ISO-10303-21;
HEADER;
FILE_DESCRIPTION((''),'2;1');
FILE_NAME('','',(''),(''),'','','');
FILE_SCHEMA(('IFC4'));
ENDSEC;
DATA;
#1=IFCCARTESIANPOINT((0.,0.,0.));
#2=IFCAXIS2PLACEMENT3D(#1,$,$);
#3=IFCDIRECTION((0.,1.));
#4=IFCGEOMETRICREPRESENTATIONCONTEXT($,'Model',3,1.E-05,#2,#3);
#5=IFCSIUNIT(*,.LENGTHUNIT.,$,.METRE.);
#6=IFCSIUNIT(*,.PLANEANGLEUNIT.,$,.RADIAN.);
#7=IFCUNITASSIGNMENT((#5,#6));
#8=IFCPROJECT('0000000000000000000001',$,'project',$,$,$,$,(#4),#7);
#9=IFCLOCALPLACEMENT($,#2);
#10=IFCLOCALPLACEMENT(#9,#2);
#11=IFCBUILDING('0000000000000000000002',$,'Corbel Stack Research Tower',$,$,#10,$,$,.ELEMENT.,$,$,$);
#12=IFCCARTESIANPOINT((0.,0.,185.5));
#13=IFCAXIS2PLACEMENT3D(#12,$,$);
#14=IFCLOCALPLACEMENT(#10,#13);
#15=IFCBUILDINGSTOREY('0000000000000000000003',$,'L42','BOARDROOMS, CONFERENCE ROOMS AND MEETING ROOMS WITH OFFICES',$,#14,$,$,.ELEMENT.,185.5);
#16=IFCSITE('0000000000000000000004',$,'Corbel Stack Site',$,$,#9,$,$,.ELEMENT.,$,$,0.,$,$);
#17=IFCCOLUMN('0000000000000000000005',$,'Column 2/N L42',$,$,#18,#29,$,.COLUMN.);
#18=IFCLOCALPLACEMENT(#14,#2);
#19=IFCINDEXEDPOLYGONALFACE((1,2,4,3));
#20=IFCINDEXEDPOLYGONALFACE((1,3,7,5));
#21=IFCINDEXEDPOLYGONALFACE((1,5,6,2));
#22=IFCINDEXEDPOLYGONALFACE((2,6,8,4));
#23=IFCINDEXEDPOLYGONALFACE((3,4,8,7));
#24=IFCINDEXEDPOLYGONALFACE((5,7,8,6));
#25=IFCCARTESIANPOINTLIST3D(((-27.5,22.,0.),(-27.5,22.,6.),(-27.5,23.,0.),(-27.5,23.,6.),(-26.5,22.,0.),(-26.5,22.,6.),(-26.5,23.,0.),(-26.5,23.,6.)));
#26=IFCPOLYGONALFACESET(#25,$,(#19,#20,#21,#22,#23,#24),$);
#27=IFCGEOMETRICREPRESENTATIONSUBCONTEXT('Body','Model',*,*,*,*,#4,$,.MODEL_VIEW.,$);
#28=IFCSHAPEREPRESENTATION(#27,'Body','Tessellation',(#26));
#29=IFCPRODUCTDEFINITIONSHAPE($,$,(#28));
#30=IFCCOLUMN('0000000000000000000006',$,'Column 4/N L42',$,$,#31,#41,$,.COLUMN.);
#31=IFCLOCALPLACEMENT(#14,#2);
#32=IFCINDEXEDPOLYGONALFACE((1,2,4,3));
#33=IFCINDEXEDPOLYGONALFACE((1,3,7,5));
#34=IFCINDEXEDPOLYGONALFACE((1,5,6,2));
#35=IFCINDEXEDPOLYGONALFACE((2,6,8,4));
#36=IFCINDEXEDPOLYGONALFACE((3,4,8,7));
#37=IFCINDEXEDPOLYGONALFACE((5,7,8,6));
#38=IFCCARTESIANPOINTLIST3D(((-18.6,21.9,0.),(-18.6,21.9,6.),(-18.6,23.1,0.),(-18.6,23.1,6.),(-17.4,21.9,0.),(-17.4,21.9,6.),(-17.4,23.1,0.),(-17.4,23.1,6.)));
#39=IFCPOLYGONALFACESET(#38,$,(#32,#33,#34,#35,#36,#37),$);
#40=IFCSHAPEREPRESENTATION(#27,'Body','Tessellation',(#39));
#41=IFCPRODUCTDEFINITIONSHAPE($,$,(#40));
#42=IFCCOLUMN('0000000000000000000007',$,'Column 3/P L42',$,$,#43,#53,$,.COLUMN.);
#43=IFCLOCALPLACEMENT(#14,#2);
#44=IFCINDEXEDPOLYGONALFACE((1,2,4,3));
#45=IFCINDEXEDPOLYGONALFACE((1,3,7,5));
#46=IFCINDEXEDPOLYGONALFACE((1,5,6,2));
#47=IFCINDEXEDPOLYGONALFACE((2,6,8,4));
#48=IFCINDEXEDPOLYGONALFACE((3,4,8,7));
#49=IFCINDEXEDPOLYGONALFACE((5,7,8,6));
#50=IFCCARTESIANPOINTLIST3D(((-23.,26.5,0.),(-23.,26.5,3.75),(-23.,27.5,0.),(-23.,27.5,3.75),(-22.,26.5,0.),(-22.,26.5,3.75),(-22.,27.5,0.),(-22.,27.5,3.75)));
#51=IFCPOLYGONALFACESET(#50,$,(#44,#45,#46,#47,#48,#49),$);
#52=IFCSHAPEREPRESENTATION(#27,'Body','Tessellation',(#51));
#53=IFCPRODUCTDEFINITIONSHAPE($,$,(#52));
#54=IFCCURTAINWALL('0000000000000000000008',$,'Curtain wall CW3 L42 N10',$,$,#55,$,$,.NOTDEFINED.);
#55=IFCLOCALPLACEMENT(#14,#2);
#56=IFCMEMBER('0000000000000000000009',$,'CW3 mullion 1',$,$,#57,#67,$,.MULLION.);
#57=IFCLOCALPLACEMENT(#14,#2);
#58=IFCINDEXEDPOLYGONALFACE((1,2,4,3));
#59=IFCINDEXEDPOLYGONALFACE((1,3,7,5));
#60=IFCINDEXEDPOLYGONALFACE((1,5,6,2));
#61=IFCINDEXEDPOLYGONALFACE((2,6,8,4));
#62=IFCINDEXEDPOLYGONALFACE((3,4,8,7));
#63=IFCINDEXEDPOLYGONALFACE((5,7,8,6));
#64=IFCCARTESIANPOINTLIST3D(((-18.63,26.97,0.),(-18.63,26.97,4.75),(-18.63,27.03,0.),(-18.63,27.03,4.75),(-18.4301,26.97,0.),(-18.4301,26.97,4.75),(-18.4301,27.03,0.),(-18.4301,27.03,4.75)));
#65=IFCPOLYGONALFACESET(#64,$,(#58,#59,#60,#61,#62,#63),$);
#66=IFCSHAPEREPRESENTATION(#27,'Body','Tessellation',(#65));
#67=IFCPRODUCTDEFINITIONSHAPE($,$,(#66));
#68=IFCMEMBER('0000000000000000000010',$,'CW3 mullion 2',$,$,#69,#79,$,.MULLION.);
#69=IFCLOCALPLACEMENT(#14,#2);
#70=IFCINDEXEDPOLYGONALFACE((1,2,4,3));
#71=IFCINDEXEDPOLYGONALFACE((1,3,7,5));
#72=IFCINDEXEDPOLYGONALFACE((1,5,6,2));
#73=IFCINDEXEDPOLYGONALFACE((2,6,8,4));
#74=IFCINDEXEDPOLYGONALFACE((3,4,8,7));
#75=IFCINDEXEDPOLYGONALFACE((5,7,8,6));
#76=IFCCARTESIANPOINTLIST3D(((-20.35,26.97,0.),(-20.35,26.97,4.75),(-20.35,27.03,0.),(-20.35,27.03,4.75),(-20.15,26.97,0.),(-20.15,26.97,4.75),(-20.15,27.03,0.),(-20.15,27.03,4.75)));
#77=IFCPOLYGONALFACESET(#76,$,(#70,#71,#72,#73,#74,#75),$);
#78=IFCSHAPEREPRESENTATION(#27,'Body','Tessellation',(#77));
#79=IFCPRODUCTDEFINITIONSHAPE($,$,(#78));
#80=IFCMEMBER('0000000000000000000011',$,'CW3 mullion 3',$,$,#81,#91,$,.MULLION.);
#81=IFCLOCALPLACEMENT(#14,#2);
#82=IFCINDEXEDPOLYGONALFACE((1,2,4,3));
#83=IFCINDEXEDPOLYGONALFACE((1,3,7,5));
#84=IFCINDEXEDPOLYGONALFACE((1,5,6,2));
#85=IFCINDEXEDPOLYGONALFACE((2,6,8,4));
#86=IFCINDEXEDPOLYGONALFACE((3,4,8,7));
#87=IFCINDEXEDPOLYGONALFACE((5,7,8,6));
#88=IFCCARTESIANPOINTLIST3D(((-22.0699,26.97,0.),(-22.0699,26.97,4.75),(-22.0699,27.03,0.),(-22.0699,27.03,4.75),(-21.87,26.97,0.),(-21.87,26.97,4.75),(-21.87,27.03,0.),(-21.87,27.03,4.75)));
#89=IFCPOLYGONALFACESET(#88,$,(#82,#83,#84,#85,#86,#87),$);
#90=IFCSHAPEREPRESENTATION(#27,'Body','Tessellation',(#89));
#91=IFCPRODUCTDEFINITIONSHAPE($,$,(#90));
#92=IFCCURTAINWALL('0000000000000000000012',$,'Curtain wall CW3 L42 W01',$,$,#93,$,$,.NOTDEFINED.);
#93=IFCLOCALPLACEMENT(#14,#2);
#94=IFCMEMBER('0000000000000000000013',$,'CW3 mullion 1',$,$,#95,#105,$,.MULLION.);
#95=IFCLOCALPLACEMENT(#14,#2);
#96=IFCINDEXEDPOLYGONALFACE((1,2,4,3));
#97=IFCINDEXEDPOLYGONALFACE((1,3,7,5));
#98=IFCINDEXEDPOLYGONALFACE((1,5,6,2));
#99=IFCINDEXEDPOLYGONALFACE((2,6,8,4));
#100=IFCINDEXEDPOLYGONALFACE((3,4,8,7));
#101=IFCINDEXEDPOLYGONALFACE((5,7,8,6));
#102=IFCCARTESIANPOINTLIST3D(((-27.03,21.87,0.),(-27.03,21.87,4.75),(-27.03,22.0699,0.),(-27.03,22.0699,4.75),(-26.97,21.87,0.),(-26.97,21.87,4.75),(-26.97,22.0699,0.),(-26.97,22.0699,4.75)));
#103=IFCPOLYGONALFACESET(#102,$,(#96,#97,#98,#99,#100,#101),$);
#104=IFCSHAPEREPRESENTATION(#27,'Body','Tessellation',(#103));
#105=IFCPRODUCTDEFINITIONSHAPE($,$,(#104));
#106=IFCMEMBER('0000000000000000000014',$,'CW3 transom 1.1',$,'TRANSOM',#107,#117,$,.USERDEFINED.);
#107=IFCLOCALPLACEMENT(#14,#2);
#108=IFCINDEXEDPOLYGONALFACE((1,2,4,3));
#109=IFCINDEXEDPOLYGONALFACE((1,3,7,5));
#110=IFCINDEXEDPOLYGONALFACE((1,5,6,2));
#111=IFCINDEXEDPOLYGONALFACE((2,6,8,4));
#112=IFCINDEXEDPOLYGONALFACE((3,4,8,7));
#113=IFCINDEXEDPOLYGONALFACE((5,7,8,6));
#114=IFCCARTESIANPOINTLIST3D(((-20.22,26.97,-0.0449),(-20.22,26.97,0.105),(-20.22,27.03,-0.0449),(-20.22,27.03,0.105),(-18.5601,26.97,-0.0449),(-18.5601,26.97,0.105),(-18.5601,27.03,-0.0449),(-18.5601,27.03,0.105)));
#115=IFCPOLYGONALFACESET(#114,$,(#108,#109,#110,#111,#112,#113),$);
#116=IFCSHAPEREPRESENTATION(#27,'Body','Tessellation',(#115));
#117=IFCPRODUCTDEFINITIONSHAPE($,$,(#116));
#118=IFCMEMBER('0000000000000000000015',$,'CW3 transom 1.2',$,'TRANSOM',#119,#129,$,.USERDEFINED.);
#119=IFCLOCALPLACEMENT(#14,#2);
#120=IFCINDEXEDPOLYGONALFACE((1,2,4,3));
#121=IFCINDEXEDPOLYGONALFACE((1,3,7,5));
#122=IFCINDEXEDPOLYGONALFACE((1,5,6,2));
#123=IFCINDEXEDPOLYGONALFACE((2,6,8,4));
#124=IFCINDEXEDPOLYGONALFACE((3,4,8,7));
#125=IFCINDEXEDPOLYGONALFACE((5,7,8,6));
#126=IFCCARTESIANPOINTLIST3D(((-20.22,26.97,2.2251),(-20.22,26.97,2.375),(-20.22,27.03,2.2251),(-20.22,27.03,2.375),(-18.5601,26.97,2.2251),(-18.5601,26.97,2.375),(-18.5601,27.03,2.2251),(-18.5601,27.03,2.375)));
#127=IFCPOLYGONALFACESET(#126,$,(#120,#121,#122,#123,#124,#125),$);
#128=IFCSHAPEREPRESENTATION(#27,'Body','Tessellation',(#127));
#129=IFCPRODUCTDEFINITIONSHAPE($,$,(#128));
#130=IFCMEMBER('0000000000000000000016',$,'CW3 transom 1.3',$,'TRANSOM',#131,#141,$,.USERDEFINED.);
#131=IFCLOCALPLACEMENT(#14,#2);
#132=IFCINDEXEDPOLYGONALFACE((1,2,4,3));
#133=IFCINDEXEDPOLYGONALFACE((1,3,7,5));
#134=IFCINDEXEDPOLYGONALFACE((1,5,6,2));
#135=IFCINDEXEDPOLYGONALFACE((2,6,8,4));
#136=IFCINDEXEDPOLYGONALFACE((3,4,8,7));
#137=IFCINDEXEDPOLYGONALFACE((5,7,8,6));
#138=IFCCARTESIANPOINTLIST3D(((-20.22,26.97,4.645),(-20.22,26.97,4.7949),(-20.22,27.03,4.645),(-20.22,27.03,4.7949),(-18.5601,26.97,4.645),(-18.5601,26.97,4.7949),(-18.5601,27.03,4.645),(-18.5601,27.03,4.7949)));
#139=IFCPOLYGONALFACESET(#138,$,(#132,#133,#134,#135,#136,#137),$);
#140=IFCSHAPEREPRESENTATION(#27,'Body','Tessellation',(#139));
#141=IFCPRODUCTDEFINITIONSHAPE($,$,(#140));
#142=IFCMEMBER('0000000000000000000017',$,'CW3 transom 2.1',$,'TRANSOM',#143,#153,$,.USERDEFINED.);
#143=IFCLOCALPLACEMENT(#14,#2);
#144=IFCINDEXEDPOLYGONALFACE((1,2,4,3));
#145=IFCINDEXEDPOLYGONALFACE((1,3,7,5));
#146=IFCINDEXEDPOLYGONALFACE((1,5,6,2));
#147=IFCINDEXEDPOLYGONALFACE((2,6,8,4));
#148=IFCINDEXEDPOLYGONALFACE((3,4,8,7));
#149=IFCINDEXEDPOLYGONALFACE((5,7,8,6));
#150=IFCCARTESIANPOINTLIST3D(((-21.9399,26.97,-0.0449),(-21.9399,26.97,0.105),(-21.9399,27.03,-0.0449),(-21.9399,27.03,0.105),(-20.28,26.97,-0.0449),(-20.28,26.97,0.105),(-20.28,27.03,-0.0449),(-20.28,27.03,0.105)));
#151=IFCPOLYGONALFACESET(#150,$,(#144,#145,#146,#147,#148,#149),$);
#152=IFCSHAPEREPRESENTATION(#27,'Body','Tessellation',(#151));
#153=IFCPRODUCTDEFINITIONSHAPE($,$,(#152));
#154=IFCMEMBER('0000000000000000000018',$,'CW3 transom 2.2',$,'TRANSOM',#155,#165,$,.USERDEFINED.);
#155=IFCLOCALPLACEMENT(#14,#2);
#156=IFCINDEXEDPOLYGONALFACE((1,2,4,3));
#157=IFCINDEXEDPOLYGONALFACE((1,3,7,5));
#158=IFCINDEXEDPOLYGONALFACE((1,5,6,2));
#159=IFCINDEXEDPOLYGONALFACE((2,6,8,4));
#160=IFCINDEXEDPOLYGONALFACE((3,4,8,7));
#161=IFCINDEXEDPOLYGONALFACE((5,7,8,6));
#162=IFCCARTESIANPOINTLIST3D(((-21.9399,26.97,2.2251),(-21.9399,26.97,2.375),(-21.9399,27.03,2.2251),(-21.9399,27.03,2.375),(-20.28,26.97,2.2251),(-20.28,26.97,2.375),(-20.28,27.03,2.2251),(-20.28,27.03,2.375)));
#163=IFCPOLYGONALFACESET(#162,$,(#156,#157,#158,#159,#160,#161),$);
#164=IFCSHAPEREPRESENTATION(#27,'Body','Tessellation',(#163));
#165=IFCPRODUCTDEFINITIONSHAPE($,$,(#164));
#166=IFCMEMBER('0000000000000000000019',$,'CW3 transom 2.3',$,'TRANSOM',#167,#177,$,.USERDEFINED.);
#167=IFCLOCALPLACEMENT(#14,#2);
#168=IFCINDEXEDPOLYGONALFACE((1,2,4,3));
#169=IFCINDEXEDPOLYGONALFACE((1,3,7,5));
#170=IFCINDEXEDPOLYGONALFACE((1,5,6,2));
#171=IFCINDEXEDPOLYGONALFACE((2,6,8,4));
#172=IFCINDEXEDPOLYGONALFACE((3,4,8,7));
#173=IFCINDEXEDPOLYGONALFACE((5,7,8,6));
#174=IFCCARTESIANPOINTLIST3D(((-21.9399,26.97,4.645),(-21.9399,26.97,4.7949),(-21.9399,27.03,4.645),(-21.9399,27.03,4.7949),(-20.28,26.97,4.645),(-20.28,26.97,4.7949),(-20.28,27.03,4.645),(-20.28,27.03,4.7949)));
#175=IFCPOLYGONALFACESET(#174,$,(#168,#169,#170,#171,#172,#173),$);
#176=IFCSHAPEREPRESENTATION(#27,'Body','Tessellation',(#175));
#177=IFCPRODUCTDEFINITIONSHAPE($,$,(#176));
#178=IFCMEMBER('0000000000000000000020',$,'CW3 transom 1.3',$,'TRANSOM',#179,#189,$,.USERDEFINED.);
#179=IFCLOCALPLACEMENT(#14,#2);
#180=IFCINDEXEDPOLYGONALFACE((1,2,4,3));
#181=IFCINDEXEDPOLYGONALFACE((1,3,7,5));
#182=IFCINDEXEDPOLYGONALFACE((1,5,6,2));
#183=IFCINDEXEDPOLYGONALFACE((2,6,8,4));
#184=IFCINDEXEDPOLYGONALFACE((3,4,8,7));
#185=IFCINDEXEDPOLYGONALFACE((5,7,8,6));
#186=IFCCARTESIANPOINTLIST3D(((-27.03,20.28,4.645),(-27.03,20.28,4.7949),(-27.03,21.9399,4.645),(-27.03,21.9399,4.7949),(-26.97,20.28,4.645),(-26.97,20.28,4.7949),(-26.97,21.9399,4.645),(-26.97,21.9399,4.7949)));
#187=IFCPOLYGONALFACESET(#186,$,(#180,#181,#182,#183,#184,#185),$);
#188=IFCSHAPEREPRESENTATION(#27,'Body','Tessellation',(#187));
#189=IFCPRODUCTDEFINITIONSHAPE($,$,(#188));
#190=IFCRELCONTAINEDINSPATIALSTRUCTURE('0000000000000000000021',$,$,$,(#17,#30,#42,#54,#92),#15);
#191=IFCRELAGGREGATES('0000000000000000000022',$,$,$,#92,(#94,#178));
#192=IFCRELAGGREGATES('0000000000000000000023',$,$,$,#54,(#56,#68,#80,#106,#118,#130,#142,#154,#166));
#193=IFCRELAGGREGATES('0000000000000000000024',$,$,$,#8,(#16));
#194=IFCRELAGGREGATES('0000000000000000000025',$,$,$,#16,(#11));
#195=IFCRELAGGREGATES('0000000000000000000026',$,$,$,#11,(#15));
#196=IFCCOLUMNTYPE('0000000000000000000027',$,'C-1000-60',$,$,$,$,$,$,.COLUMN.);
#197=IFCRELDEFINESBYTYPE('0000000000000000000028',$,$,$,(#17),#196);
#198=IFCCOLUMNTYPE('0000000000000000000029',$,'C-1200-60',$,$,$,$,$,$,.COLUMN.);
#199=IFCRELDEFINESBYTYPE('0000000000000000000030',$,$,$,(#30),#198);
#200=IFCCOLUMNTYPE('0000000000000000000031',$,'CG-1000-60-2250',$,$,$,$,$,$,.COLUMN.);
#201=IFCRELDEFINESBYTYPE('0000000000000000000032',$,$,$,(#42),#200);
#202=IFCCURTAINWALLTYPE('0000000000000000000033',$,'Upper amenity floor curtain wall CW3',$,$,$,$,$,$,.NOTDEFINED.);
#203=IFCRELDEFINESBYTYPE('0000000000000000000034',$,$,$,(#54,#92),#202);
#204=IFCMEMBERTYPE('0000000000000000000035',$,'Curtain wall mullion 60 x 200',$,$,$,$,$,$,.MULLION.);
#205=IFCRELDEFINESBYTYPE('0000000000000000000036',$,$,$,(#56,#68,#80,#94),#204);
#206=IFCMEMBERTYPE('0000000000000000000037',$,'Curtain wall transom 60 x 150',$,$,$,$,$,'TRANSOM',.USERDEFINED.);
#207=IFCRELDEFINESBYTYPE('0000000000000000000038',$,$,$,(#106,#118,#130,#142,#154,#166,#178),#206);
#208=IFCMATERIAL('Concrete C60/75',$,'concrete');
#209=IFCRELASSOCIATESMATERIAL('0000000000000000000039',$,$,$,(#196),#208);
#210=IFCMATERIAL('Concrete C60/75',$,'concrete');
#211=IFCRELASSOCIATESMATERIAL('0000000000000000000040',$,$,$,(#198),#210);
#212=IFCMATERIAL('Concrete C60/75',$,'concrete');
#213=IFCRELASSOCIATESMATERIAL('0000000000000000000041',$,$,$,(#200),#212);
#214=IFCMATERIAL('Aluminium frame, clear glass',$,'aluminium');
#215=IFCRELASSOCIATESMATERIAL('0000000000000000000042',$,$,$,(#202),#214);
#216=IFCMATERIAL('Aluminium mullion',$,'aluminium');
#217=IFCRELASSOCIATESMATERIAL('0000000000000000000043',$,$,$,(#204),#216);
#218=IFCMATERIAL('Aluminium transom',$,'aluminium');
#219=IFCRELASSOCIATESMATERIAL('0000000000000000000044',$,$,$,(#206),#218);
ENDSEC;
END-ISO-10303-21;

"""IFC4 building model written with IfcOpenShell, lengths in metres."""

from ifc_helpers import new_model, si_unit, direction, frame, origin, origin_2d, place, context, subcontext, project, spatial, rectangle, extrude, material, material_profile, profile_set, type_object, element, aggregate, save


model = new_model("IFC4")

# Units and contexts
model_context = context("Model", 3, precision=1e-05, world=origin(), true_north=direction((0.0, 1.0)))
body_context = subcontext(model_context, "Body", "Model", "MODEL_VIEW")
ifc_project = project(units=[si_unit("LENGTHUNIT", "METRE"), si_unit("PLANEANGLEUNIT", "RADIAN")], contexts=[model_context])

# Site, building, storey
site_placement = place(None, origin())
site = spatial("IfcSite", under=ifc_project, at=site_placement, Name="Corbel Stack Site", CompositionType="ELEMENT", RefElevation=0.0)
building_placement = place(site_placement, origin())
building = spatial("IfcBuilding", under=site, at=building_placement, Name="Corbel Stack Research Tower", CompositionType="ELEMENT")
storey_placement = place(building_placement, frame((0.0, 0.0, 185.5)))
storey = spatial("IfcBuildingStorey", under=building, at=storey_placement, Name="L42", Description="BOARDROOMS, CONFERENCE ROOMS AND MEETING ROOMS WITH OFFICES", CompositionType="ELEMENT", Elevation=185.5)

# Columns
ifc_material_1 = material(Name="Concrete C60/75", Category="concrete")
ifc_material_profile_1 = material_profile(ifc_material_1, rectangle(XDim=1.0, YDim=1.0, at=origin_2d()), Name="RC 1000 x 1000")
ifc_profile_set_1 = profile_set([ifc_material_profile_1], Name="Concrete C60/75")
column_type_1 = type_object("IfcColumnType", Name="C-1000-60", PredefinedType="COLUMN", material=ifc_profile_set_1)
column_1_placement = place(storey_placement, frame((-27.0, 22.5, 0.0), z_axis=(0.0, 0.0, 1.0), x_axis=(1.0, 0.0, 0.0)))
element("IfcColumn", 1, at=column_1_placement, inside=storey, type_object=column_type_1, Name="Column 2/N L42", PredefinedType="COLUMN", context=body_context, shape_type="SweptSolid", body=[
    extrude(rectangle(XDim=1.0, YDim=1.0, at=origin_2d()), origin(), (0.0, 0.0, 1.0), 6.0),
])
ifc_material_2 = material(Name="Concrete C60/75", Category="concrete")
ifc_material_profile_2 = material_profile(ifc_material_2, rectangle(XDim=1.2, YDim=1.2, at=origin_2d()), Name="RC 1200 x 1200")
ifc_profile_set_2 = profile_set([ifc_material_profile_2], Name="Concrete C60/75")
column_type_2 = type_object("IfcColumnType", Name="C-1200-60", PredefinedType="COLUMN", material=ifc_profile_set_2)
column_2_placement = place(storey_placement, frame((-18.0, 22.5, 0.0), z_axis=(0.0, 0.0, 1.0), x_axis=(1.0, 0.0, 0.0)))
element("IfcColumn", 2, at=column_2_placement, inside=storey, type_object=column_type_2, Name="Column 4/N L42", PredefinedType="COLUMN", context=body_context, shape_type="SweptSolid", body=[
    extrude(rectangle(XDim=1.2, YDim=1.2, at=origin_2d()), origin(), (0.0, 0.0, 1.0), 6.0),
])
ifc_material_3 = material(Name="Concrete C60/75", Category="concrete")
ifc_material_profile_3 = material_profile(ifc_material_3, rectangle(XDim=1.0, YDim=1.0, at=origin_2d()), Name="RC 1000 x 1000")
ifc_profile_set_3 = profile_set([ifc_material_profile_3], Name="Concrete C60/75")
column_type_3 = type_object("IfcColumnType", Name="CG-1000-60-2250", PredefinedType="COLUMN", material=ifc_profile_set_3)
column_3_placement = place(storey_placement, frame((-22.5, 27.0, 0.0), z_axis=(0.0, 0.0, 1.0), x_axis=(1.0, 0.0, 0.0)))
element("IfcColumn", 3, at=column_3_placement, inside=storey, type_object=column_type_3, Name="Column 3/P L42", PredefinedType="COLUMN", context=body_context, shape_type="SweptSolid", body=[
    extrude(rectangle(XDim=1.0, YDim=1.0, at=origin_2d()), origin(), (0.0, 0.0, 1.0), 3.75),
])

# Curtain wall, members
ifc_material_4 = material(Name="Aluminium frame, clear glass", Category="aluminium")
curtain_wall_type = type_object("IfcCurtainWallType", Name="Upper amenity floor curtain wall CW3", PredefinedType="NOTDEFINED", material=ifc_material_4)
curtain_wall_1_placement = place(storey_placement, origin())
curtain_wall_1 = element("IfcCurtainWall", 4, at=curtain_wall_1_placement, inside=storey, type_object=curtain_wall_type, Name="Curtain wall CW3 L42 N10", PredefinedType="NOTDEFINED")
ifc_material_5 = material(Name="Aluminium mullion", Category="aluminium")
ifc_material_profile_4 = material_profile(ifc_material_5, rectangle(XDim=0.0601, YDim=0.2, at=origin_2d()), Name="Mullion 60 x 200")
ifc_profile_set_4 = profile_set([ifc_material_profile_4], Name="Aluminium mullion")
member_type_1 = type_object("IfcMemberType", Name="Curtain wall mullion 60 x 200", PredefinedType="MULLION", material=ifc_profile_set_4)
member_1_placement = place(storey_placement, frame((-18.53, 27.0, 0.0), z_axis=(0.0, 0.0, 1.0), x_axis=(0.0, -1.0, 0.0)))
member_1 = element("IfcMember", 5, at=member_1_placement, type_object=member_type_1, Name="CW3 mullion 1", PredefinedType="MULLION", context=body_context, shape_type="SweptSolid", body=[
    extrude(rectangle(XDim=0.0601, YDim=0.2, at=origin_2d()), origin(), (0.0, 0.0, 1.0), 4.75),
])
member_2_placement = place(storey_placement, frame((-20.25, 27.0, 0.0), z_axis=(0.0, 0.0, 1.0), x_axis=(0.0, -1.0, 0.0)))
member_2 = element("IfcMember", 6, at=member_2_placement, type_object=member_type_1, Name="CW3 mullion 2", PredefinedType="MULLION", context=body_context, shape_type="SweptSolid", body=[
    extrude(rectangle(XDim=0.0601, YDim=0.2, at=origin_2d()), origin(), (0.0, 0.0, 1.0), 4.75),
])
member_3_placement = place(storey_placement, frame((-21.97, 27.0, 0.0), z_axis=(0.0, 0.0, 1.0), x_axis=(0.0, -1.0, 0.0)))
member_3 = element("IfcMember", 7, at=member_3_placement, type_object=member_type_1, Name="CW3 mullion 3", PredefinedType="MULLION", context=body_context, shape_type="SweptSolid", body=[
    extrude(rectangle(XDim=0.0601, YDim=0.2, at=origin_2d()), origin(), (0.0, 0.0, 1.0), 4.75),
])

# Curtain wall, member
curtain_wall_2_placement = place(storey_placement, origin())
curtain_wall_2 = element("IfcCurtainWall", 8, at=curtain_wall_2_placement, inside=storey, type_object=curtain_wall_type, Name="Curtain wall CW3 L42 W01", PredefinedType="NOTDEFINED")
member_4_placement = place(storey_placement, frame((-27.0, 21.97, 0.0), z_axis=(0.0, 0.0, 1.0), x_axis=(1.0, 0.0, 0.0)))
member_4 = element("IfcMember", 9, at=member_4_placement, type_object=member_type_1, Name="CW3 mullion 1", PredefinedType="MULLION", context=body_context, shape_type="SweptSolid", body=[
    extrude(rectangle(XDim=0.0601, YDim=0.2, at=origin_2d()), origin(), (0.0, 0.0, 1.0), 4.75),
])

# Members
ifc_material_6 = material(Name="Aluminium transom", Category="aluminium")
ifc_material_profile_5 = material_profile(ifc_material_6, rectangle(XDim=0.0601, YDim=0.1499, at=origin_2d()), Name="Transom 60 x 150")
ifc_profile_set_5 = profile_set([ifc_material_profile_5], Name="Aluminium transom")
member_type_2 = type_object("IfcMemberType", Name="Curtain wall transom 60 x 150", ElementType="TRANSOM", PredefinedType="USERDEFINED", material=ifc_profile_set_5)
member_5_placement = place(storey_placement, frame((-18.5601, 27.0, 0.03), z_axis=(-1.0, 0.0, 0.0), x_axis=(0.0, -1.0, 0.0)))
member_5 = element("IfcMember", 10, at=member_5_placement, type_object=member_type_2, Name="CW3 transom 1.1", ObjectType="TRANSOM", PredefinedType="USERDEFINED", context=body_context, shape_type="SweptSolid", body=[
    extrude(rectangle(XDim=0.0601, YDim=0.1499, at=origin_2d()), origin(), (0.0, 0.0, 1.0), 1.6599),
])
member_6_placement = place(storey_placement, frame((-18.5601, 27.0, 2.3), z_axis=(-1.0, 0.0, 0.0), x_axis=(0.0, -1.0, 0.0)))
member_6 = element("IfcMember", 11, at=member_6_placement, type_object=member_type_2, Name="CW3 transom 1.2", ObjectType="TRANSOM", PredefinedType="USERDEFINED", context=body_context, shape_type="SweptSolid", body=[
    extrude(rectangle(XDim=0.0601, YDim=0.1499, at=origin_2d()), origin(), (0.0, 0.0, 1.0), 1.6599),
])
member_7_placement = place(storey_placement, frame((-18.5601, 27.0, 4.72), z_axis=(-1.0, 0.0, 0.0), x_axis=(0.0, -1.0, 0.0)))
member_7 = element("IfcMember", 12, at=member_7_placement, type_object=member_type_2, Name="CW3 transom 1.3", ObjectType="TRANSOM", PredefinedType="USERDEFINED", context=body_context, shape_type="SweptSolid", body=[
    extrude(rectangle(XDim=0.0601, YDim=0.1499, at=origin_2d()), origin(), (0.0, 0.0, 1.0), 1.6599),
])
member_8_placement = place(storey_placement, frame((-20.28, 27.0, 0.03), z_axis=(-1.0, 0.0, 0.0), x_axis=(0.0, -1.0, 0.0)))
member_8 = element("IfcMember", 13, at=member_8_placement, type_object=member_type_2, Name="CW3 transom 2.1", ObjectType="TRANSOM", PredefinedType="USERDEFINED", context=body_context, shape_type="SweptSolid", body=[
    extrude(rectangle(XDim=0.0601, YDim=0.1499, at=origin_2d()), origin(), (0.0, 0.0, 1.0), 1.6599),
])
member_9_placement = place(storey_placement, frame((-20.28, 27.0, 2.3), z_axis=(-1.0, 0.0, 0.0), x_axis=(0.0, -1.0, 0.0)))
member_9 = element("IfcMember", 14, at=member_9_placement, type_object=member_type_2, Name="CW3 transom 2.2", ObjectType="TRANSOM", PredefinedType="USERDEFINED", context=body_context, shape_type="SweptSolid", body=[
    extrude(rectangle(XDim=0.0601, YDim=0.1499, at=origin_2d()), origin(), (0.0, 0.0, 1.0), 1.6599),
])
member_10_placement = place(storey_placement, frame((-20.28, 27.0, 4.72), z_axis=(-1.0, 0.0, 0.0), x_axis=(0.0, -1.0, 0.0)))
member_10 = element("IfcMember", 15, at=member_10_placement, type_object=member_type_2, Name="CW3 transom 2.3", ObjectType="TRANSOM", PredefinedType="USERDEFINED", context=body_context, shape_type="SweptSolid", body=[
    extrude(rectangle(XDim=0.0601, YDim=0.1499, at=origin_2d()), origin(), (0.0, 0.0, 1.0), 1.6599),
])
member_11_placement = place(storey_placement, frame((-27.0, 21.9399, 4.72), z_axis=(0.0, -1.0, 0.0), x_axis=(1.0, 0.0, 0.0)))
member_11 = element("IfcMember", 16, at=member_11_placement, type_object=member_type_2, Name="CW3 transom 1.3", ObjectType="TRANSOM", PredefinedType="USERDEFINED", context=body_context, shape_type="SweptSolid", body=[
    extrude(rectangle(XDim=0.0601, YDim=0.1499, at=origin_2d()), origin(), (0.0, 0.0, 1.0), 1.6599),
])
aggregate(curtain_wall_2, [member_4, member_11])

aggregate(curtain_wall_1, [member_1, member_2, member_3, member_5, member_6, member_7, member_8, member_9, member_10])

save(model, "model.ifc")
